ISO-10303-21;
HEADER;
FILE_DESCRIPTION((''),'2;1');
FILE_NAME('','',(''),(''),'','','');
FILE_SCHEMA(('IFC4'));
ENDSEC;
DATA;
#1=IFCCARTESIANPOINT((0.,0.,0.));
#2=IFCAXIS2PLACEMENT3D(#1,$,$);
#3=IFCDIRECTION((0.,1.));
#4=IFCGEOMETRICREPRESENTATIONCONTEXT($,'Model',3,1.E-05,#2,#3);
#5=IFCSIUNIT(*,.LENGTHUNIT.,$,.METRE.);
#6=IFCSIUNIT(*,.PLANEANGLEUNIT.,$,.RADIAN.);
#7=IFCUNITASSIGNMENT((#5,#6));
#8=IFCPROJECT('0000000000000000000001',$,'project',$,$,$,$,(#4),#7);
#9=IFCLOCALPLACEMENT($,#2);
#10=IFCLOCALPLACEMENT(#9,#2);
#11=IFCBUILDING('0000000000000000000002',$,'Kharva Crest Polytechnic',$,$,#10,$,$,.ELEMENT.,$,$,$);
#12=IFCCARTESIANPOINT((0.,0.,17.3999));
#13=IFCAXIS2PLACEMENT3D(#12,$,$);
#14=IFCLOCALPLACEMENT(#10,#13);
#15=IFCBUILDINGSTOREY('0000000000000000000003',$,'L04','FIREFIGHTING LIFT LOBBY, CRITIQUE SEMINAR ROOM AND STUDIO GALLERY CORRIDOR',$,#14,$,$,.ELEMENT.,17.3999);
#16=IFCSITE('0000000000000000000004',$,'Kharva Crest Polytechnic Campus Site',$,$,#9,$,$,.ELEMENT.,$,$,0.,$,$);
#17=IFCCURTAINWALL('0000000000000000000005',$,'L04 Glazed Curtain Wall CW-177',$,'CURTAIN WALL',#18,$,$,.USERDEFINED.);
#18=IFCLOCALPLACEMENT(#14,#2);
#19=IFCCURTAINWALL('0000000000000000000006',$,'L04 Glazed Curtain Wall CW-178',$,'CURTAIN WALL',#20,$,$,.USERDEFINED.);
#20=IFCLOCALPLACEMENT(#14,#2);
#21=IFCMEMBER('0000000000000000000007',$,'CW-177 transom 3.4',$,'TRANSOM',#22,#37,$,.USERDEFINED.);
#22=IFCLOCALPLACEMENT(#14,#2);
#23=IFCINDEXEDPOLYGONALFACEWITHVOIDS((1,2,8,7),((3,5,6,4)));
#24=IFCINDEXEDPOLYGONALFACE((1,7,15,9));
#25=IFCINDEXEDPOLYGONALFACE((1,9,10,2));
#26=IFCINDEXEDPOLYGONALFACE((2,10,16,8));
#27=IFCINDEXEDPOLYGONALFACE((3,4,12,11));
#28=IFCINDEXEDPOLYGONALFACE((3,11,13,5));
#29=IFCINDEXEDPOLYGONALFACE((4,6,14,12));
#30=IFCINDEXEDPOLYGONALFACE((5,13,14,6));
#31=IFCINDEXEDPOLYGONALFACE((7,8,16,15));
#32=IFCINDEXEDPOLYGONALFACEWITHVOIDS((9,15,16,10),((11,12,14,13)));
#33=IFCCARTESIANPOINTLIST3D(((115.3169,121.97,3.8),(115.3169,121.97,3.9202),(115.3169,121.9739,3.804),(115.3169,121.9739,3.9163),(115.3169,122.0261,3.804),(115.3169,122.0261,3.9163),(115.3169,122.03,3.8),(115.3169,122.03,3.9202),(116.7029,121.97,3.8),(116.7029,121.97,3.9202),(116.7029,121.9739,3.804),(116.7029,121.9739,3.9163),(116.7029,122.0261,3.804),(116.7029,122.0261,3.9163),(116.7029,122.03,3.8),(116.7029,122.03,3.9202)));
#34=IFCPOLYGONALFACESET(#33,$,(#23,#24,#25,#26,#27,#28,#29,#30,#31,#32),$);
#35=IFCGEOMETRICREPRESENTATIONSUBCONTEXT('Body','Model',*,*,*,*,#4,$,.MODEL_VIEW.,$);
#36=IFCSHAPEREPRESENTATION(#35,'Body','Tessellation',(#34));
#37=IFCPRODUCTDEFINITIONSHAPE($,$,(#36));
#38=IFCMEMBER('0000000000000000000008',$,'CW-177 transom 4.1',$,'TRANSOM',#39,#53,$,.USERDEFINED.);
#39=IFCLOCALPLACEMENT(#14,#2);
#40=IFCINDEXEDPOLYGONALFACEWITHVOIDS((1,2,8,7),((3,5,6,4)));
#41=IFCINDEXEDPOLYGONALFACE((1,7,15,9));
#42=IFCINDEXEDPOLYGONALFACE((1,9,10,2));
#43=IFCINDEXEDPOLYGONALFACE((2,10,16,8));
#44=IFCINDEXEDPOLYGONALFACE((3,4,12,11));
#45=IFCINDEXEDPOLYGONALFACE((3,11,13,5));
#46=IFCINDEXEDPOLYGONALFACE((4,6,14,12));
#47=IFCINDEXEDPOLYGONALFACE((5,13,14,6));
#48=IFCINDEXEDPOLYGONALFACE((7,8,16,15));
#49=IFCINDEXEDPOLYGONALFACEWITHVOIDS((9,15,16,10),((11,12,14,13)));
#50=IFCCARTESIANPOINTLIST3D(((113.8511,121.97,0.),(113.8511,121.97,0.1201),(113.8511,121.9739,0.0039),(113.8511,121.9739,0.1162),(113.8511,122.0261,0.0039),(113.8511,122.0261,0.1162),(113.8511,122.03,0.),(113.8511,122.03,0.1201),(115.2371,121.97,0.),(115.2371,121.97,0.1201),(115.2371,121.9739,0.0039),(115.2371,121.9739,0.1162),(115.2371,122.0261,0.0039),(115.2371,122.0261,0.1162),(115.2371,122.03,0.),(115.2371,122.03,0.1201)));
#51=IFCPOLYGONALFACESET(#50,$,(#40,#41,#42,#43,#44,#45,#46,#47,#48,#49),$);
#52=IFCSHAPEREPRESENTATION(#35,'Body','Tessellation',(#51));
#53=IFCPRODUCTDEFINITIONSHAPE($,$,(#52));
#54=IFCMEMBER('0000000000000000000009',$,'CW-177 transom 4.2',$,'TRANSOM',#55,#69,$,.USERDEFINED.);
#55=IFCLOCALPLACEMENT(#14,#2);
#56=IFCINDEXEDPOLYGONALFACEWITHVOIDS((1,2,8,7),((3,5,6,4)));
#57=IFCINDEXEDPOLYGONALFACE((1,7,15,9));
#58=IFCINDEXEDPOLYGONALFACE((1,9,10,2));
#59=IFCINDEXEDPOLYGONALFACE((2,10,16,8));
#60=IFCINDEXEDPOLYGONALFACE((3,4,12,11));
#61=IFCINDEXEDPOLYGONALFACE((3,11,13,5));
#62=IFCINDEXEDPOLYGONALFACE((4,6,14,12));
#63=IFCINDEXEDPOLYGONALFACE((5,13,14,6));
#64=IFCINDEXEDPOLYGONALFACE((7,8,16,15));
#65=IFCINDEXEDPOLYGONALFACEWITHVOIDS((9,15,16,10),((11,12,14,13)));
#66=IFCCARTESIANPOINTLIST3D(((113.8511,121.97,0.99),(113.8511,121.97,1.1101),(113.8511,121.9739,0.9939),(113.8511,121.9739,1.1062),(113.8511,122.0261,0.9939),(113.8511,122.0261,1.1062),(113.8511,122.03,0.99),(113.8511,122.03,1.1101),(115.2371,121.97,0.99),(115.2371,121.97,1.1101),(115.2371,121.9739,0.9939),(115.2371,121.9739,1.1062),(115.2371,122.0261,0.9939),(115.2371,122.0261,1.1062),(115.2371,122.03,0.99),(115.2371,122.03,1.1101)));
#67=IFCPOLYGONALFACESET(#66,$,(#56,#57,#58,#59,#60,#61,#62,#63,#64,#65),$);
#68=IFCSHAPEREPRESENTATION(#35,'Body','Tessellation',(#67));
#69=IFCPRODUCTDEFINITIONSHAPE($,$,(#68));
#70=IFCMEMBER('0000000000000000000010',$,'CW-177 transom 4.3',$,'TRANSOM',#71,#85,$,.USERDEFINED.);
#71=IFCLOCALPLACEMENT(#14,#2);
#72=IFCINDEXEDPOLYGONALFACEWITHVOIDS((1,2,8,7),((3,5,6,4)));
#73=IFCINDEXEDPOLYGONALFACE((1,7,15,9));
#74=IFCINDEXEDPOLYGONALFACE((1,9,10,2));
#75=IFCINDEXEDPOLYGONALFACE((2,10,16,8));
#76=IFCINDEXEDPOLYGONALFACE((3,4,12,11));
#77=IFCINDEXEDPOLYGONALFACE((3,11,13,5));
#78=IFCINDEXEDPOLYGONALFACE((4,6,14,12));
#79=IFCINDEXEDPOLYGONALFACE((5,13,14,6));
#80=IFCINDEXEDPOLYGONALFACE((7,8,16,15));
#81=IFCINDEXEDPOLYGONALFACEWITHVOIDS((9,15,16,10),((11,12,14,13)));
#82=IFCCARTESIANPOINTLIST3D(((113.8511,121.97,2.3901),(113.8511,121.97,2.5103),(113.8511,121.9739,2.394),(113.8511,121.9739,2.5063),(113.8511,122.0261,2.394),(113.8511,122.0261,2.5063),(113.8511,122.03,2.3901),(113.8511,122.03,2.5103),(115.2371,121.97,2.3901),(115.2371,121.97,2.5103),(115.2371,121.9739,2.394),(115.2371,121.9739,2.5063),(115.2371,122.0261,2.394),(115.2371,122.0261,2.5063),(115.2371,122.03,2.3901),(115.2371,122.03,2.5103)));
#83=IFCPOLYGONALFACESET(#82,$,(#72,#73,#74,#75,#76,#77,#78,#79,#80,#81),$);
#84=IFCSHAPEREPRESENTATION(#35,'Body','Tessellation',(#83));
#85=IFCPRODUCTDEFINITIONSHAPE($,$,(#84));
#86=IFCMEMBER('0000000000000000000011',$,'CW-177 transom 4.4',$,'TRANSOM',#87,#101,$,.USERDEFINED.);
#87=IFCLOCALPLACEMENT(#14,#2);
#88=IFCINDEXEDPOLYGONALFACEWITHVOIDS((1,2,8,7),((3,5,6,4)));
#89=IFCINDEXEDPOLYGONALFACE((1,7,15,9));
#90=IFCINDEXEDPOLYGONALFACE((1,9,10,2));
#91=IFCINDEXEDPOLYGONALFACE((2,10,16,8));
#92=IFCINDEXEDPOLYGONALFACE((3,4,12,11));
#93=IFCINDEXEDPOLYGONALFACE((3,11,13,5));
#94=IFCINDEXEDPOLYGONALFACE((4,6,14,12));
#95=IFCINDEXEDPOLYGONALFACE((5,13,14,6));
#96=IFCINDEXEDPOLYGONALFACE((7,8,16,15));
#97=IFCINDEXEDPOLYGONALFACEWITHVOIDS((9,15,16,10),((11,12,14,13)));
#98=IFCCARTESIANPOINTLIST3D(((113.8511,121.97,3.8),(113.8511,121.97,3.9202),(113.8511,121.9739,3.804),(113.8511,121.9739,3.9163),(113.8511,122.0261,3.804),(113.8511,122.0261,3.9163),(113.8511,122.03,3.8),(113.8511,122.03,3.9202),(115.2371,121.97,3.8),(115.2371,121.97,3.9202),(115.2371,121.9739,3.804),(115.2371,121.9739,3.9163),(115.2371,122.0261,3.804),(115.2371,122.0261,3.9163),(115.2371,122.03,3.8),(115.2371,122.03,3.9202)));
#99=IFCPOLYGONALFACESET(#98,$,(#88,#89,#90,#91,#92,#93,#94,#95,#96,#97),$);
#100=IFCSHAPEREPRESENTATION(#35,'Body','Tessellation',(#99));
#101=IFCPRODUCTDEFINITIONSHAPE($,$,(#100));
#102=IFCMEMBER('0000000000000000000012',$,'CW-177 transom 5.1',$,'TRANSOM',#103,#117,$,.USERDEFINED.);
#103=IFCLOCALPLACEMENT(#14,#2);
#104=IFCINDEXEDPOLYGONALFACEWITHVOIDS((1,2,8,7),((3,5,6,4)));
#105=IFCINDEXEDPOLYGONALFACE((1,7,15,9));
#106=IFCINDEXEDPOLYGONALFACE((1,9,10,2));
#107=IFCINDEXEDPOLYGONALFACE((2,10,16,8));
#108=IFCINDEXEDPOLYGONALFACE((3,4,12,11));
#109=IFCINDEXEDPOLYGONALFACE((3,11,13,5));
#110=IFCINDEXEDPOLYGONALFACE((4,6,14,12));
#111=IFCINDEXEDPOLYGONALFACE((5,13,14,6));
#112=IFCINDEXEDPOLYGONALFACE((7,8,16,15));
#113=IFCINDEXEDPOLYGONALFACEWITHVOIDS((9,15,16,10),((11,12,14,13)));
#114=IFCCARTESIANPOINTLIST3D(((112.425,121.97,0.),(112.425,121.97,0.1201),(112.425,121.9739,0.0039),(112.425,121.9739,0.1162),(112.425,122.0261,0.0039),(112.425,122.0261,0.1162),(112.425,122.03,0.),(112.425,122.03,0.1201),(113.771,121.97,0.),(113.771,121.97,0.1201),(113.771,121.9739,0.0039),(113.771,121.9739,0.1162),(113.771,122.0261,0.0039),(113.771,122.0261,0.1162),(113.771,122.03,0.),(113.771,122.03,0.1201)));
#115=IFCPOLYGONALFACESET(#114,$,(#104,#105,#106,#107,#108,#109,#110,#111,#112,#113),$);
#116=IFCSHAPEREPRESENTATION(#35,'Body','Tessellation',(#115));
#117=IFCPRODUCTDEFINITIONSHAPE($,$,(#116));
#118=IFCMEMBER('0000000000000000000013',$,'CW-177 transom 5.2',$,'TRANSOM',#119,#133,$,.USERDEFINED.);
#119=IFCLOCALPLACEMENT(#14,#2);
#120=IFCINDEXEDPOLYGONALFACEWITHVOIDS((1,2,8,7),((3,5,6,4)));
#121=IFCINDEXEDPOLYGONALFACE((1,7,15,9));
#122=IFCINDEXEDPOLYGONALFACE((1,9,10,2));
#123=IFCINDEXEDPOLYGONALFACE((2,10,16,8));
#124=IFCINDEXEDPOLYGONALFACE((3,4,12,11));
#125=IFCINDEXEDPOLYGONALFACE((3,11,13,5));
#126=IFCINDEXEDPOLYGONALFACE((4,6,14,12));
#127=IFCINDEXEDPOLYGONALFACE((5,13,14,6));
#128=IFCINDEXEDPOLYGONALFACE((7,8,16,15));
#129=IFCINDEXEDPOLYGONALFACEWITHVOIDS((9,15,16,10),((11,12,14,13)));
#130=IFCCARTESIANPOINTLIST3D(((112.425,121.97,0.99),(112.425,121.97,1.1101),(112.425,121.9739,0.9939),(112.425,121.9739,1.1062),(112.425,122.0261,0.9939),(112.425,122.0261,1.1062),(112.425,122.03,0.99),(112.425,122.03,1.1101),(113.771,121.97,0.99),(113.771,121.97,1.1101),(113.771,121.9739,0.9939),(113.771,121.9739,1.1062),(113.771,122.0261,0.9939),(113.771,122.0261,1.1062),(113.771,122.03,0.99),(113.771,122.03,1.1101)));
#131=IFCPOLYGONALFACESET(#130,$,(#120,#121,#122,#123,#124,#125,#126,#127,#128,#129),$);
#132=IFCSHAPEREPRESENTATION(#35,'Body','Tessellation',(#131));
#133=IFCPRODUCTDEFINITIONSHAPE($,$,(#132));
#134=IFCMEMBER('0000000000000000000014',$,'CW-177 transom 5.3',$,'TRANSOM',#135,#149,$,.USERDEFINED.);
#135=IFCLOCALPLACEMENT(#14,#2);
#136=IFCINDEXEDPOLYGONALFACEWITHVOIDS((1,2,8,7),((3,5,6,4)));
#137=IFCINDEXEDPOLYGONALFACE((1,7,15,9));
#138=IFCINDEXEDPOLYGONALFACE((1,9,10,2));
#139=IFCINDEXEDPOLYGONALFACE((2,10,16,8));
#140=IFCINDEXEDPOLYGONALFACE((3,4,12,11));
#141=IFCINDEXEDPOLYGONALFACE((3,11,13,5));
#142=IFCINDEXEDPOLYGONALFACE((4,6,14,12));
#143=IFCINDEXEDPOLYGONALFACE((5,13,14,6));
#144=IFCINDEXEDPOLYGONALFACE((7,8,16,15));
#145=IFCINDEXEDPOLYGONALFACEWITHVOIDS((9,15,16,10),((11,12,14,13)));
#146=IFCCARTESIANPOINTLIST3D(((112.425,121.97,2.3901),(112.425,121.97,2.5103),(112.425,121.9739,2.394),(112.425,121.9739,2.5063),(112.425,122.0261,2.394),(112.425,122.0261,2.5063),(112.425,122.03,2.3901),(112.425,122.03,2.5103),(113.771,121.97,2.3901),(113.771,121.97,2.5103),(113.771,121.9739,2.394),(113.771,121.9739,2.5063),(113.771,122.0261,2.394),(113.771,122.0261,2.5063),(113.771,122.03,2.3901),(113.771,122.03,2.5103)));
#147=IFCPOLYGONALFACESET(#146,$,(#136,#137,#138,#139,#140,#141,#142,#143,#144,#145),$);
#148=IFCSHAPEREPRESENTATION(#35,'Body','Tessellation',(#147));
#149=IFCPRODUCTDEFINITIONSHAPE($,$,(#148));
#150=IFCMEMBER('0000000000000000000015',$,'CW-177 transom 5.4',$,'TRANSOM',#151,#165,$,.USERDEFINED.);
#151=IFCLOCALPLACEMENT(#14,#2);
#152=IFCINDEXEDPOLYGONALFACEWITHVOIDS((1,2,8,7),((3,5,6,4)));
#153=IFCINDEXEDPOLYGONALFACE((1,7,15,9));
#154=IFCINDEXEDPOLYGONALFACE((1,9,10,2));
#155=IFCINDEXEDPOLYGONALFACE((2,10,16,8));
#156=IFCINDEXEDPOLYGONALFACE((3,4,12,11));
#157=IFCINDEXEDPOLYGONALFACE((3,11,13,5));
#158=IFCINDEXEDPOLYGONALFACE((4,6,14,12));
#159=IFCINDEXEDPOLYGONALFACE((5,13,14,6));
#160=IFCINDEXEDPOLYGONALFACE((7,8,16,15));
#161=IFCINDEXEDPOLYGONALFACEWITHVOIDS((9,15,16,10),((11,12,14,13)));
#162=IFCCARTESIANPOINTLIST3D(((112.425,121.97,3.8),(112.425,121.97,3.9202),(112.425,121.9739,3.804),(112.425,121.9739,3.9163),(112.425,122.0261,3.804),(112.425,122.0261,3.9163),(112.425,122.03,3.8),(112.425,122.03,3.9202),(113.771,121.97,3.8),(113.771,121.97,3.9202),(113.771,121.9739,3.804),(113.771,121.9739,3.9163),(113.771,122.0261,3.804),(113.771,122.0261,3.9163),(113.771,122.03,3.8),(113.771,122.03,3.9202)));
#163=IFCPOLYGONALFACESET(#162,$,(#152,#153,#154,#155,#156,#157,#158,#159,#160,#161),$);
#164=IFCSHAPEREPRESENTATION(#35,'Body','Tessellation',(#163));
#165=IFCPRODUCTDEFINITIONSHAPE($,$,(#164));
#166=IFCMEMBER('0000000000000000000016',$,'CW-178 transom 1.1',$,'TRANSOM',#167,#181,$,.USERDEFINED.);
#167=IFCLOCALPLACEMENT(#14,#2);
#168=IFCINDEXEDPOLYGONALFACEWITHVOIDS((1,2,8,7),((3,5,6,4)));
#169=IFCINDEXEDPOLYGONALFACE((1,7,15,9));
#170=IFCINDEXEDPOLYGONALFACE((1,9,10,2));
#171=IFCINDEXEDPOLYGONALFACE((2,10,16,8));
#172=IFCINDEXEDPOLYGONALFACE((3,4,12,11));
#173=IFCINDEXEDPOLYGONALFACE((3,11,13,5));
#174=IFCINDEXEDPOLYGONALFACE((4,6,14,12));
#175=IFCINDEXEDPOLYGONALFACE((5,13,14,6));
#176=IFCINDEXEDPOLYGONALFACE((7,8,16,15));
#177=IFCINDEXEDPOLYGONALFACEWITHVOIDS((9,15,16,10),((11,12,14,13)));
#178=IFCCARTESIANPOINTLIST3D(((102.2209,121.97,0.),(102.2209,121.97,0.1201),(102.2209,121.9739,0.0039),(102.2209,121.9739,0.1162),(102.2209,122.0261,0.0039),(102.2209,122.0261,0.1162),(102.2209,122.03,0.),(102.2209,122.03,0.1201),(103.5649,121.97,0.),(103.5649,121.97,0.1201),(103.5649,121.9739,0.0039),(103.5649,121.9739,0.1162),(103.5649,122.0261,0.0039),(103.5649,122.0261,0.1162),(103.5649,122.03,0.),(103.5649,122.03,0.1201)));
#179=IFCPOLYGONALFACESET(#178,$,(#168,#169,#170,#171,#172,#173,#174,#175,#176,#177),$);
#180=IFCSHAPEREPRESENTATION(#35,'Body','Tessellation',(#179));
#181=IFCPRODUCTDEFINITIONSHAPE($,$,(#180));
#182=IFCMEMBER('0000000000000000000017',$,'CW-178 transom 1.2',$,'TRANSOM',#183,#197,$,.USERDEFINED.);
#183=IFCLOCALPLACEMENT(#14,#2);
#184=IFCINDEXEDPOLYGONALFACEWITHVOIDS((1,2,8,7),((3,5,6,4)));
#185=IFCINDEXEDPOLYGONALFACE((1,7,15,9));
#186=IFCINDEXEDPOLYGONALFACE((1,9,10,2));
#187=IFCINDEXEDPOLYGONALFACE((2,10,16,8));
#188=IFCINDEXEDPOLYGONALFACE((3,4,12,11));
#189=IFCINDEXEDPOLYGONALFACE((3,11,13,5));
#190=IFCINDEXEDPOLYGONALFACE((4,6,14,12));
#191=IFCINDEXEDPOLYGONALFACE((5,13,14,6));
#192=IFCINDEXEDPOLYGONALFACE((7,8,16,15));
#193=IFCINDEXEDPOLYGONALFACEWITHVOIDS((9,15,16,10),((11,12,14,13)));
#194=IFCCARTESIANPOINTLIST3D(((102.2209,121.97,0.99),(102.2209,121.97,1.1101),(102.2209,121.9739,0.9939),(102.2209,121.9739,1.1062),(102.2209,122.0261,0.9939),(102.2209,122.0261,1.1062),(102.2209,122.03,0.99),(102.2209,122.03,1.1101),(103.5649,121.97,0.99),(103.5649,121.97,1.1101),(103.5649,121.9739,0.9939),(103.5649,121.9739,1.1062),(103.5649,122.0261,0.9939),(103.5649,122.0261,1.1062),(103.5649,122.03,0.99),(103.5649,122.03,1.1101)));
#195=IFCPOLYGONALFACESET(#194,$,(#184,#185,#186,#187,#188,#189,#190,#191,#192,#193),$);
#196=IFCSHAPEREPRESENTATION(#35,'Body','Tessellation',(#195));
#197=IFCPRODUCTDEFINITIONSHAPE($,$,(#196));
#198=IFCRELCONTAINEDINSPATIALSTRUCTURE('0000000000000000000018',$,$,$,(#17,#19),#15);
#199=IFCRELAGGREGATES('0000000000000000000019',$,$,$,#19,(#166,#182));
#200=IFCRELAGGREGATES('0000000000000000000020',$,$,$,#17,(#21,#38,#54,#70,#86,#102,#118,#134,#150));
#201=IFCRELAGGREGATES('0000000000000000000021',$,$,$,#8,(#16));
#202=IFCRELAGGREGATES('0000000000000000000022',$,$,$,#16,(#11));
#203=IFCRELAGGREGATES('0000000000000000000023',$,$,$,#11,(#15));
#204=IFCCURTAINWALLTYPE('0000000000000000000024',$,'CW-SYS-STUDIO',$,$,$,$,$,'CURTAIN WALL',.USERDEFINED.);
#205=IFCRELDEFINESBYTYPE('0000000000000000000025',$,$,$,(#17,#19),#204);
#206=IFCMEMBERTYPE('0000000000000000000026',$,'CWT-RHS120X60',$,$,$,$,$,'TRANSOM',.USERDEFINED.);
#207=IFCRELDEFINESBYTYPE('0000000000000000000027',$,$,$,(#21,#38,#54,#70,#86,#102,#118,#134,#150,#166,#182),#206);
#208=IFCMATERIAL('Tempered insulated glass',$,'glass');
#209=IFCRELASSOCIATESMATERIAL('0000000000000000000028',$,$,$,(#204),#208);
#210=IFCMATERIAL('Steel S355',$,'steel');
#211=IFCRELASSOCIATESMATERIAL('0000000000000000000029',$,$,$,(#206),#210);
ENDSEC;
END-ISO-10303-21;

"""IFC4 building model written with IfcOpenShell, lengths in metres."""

from ifc_helpers import new_model, si_unit, direction, frame, origin, origin_2d, place, context, subcontext, project, spatial, hollow_rectangle, extrude, material, material_profile, profile_set, type_object, element, aggregate, save


model = new_model("IFC4")

# Units and contexts
model_context = context("Model", 3, precision=1e-05, world=origin(), true_north=direction((0.0, 1.0)))
body_context = subcontext(model_context, "Body", "Model", "MODEL_VIEW")
ifc_project = project(units=[si_unit("LENGTHUNIT", "METRE"), si_unit("PLANEANGLEUNIT", "RADIAN")], contexts=[model_context])

# Site, building, storey
site_placement = place(None, origin())
site = spatial("IfcSite", under=ifc_project, at=site_placement, Name="Kharva Crest Polytechnic Campus Site", CompositionType="ELEMENT", RefElevation=0.0)
building_placement = place(site_placement, origin())
building = spatial("IfcBuilding", under=site, at=building_placement, Name="Kharva Crest Polytechnic", CompositionType="ELEMENT")
storey_placement = place(building_placement, frame((0.0, 0.0, 17.3999)))
storey = spatial("IfcBuildingStorey", under=building, at=storey_placement, Name="L04", Description="FIREFIGHTING LIFT LOBBY, CRITIQUE SEMINAR ROOM AND STUDIO GALLERY CORRIDOR", CompositionType="ELEMENT", Elevation=17.3999)

# Curtain wall
ifc_material_1 = material(Name="Tempered insulated glass", Category="glass")
curtain_wall_type = type_object("IfcCurtainWallType", Name="CW-SYS-STUDIO", ElementType="CURTAIN WALL", PredefinedType="USERDEFINED", material=ifc_material_1)
curtain_wall_1_placement = place(storey_placement, origin())
curtain_wall_1 = element("IfcCurtainWall", 1, at=curtain_wall_1_placement, inside=storey, type_object=curtain_wall_type, Name="L04 Glazed Curtain Wall CW-177", ObjectType="CURTAIN WALL", PredefinedType="USERDEFINED")
ifc_material_2 = material(Name="Steel S355", Category="steel")

# Curtain wall
curtain_wall_2_placement = place(storey_placement, origin())
curtain_wall_2 = element("IfcCurtainWall", 2, at=curtain_wall_2_placement, inside=storey, type_object=curtain_wall_type, Name="L04 Glazed Curtain Wall CW-178", ObjectType="CURTAIN WALL", PredefinedType="USERDEFINED")

# Members
ifc_material_profile_1 = material_profile(ifc_material_2, hollow_rectangle(XDim=0.0601, YDim=0.1201, WallThickness=0.0039, at=origin_2d()), Name="RHS 120X60X4.0")
ifc_profile_set_1 = profile_set([ifc_material_profile_1], Name="Steel S355")
member_type_1 = type_object("IfcMemberType", Name="CWT-RHS120X60", ElementType="TRANSOM", PredefinedType="USERDEFINED", material=ifc_profile_set_1)
member_1_placement = place(storey_placement, frame((116.7029, 122.0, 3.8601), z_axis=(-1.0, 0.0, 0.0), x_axis=(0.0, -1.0, 0.0)))
member_1 = element("IfcMember", 3, at=member_1_placement, type_object=member_type_1, Name="CW-177 transom 3.4", ObjectType="TRANSOM", PredefinedType="USERDEFINED", context=body_context, shape_type="SweptSolid", body=[
    extrude(hollow_rectangle(XDim=0.0601, YDim=0.1201, WallThickness=0.0039, at=origin_2d()), origin(), (0.0, 0.0, 1.0), 1.386),
])
member_2_placement = place(storey_placement, frame((115.2371, 122.0, 0.0601), z_axis=(-1.0, 0.0, 0.0), x_axis=(0.0, -1.0, 0.0)))
member_2 = element("IfcMember", 4, at=member_2_placement, type_object=member_type_1, Name="CW-177 transom 4.1", ObjectType="TRANSOM", PredefinedType="USERDEFINED", context=body_context, shape_type="SweptSolid", body=[
    extrude(hollow_rectangle(XDim=0.0601, YDim=0.1201, WallThickness=0.0039, at=origin_2d()), origin(), (0.0, 0.0, 1.0), 1.386),
])
member_3_placement = place(storey_placement, frame((115.2371, 122.0, 1.05), z_axis=(-1.0, 0.0, 0.0), x_axis=(0.0, -1.0, 0.0)))
member_3 = element("IfcMember", 5, at=member_3_placement, type_object=member_type_1, Name="CW-177 transom 4.2", ObjectType="TRANSOM", PredefinedType="USERDEFINED", context=body_context, shape_type="SweptSolid", body=[
    extrude(hollow_rectangle(XDim=0.0601, YDim=0.1201, WallThickness=0.0039, at=origin_2d()), origin(), (0.0, 0.0, 1.0), 1.386),
])
member_4_placement = place(storey_placement, frame((115.2371, 122.0, 2.4502), z_axis=(-1.0, 0.0, 0.0), x_axis=(0.0, -1.0, 0.0)))
member_4 = element("IfcMember", 6, at=member_4_placement, type_object=member_type_1, Name="CW-177 transom 4.3", ObjectType="TRANSOM", PredefinedType="USERDEFINED", context=body_context, shape_type="SweptSolid", body=[
    extrude(hollow_rectangle(XDim=0.0601, YDim=0.1201, WallThickness=0.0039, at=origin_2d()), origin(), (0.0, 0.0, 1.0), 1.386),
])
member_5_placement = place(storey_placement, frame((115.2371, 122.0, 3.8601), z_axis=(-1.0, 0.0, 0.0), x_axis=(0.0, -1.0, 0.0)))
member_5 = element("IfcMember", 7, at=member_5_placement, type_object=member_type_1, Name="CW-177 transom 4.4", ObjectType="TRANSOM", PredefinedType="USERDEFINED", context=body_context, shape_type="SweptSolid", body=[
    extrude(hollow_rectangle(XDim=0.0601, YDim=0.1201, WallThickness=0.0039, at=origin_2d()), origin(), (0.0, 0.0, 1.0), 1.386),
])
member_6_placement = place(storey_placement, frame((113.771, 122.0, 0.0601), z_axis=(-1.0, 0.0, 0.0), x_axis=(0.0, -1.0, 0.0)))
member_6 = element("IfcMember", 8, at=member_6_placement, type_object=member_type_1, Name="CW-177 transom 5.1", ObjectType="TRANSOM", PredefinedType="USERDEFINED", context=body_context, shape_type="SweptSolid", body=[
    extrude(hollow_rectangle(XDim=0.0601, YDim=0.1201, WallThickness=0.0039, at=origin_2d()), origin(), (0.0, 0.0, 1.0), 1.3459),
])
member_7_placement = place(storey_placement, frame((113.771, 122.0, 1.05), z_axis=(-1.0, 0.0, 0.0), x_axis=(0.0, -1.0, 0.0)))
member_7 = element("IfcMember", 9, at=member_7_placement, type_object=member_type_1, Name="CW-177 transom 5.2", ObjectType="TRANSOM", PredefinedType="USERDEFINED", context=body_context, shape_type="SweptSolid", body=[
    extrude(hollow_rectangle(XDim=0.0601, YDim=0.1201, WallThickness=0.0039, at=origin_2d()), origin(), (0.0, 0.0, 1.0), 1.3459),
])
member_8_placement = place(storey_placement, frame((113.771, 122.0, 2.4502), z_axis=(-1.0, 0.0, 0.0), x_axis=(0.0, -1.0, 0.0)))
member_8 = element("IfcMember", 10, at=member_8_placement, type_object=member_type_1, Name="CW-177 transom 5.3", ObjectType="TRANSOM", PredefinedType="USERDEFINED", context=body_context, shape_type="SweptSolid", body=[
    extrude(hollow_rectangle(XDim=0.0601, YDim=0.1201, WallThickness=0.0039, at=origin_2d()), origin(), (0.0, 0.0, 1.0), 1.3459),
])
member_9_placement = place(storey_placement, frame((113.771, 122.0, 3.8601), z_axis=(-1.0, 0.0, 0.0), x_axis=(0.0, -1.0, 0.0)))
member_9 = element("IfcMember", 11, at=member_9_placement, type_object=member_type_1, Name="CW-177 transom 5.4", ObjectType="TRANSOM", PredefinedType="USERDEFINED", context=body_context, shape_type="SweptSolid", body=[
    extrude(hollow_rectangle(XDim=0.0601, YDim=0.1201, WallThickness=0.0039, at=origin_2d()), origin(), (0.0, 0.0, 1.0), 1.3459),
])
member_10_placement = place(storey_placement, frame((103.5649, 122.0, 0.0601), z_axis=(-1.0, 0.0, 0.0), x_axis=(0.0, -1.0, 0.0)))
member_10 = element("IfcMember", 12, at=member_10_placement, type_object=member_type_1, Name="CW-178 transom 1.1", ObjectType="TRANSOM", PredefinedType="USERDEFINED", context=body_context, shape_type="SweptSolid", body=[
    extrude(hollow_rectangle(XDim=0.0601, YDim=0.1201, WallThickness=0.0039, at=origin_2d()), origin(), (0.0, 0.0, 1.0), 1.344),
])
member_11_placement = place(storey_placement, frame((103.5649, 122.0, 1.05), z_axis=(-1.0, 0.0, 0.0), x_axis=(0.0, -1.0, 0.0)))
member_11 = element("IfcMember", 13, at=member_11_placement, type_object=member_type_1, Name="CW-178 transom 1.2", ObjectType="TRANSOM", PredefinedType="USERDEFINED", context=body_context, shape_type="SweptSolid", body=[
    extrude(hollow_rectangle(XDim=0.0601, YDim=0.1201, WallThickness=0.0039, at=origin_2d()), origin(), (0.0, 0.0, 1.0), 1.344),
])
aggregate(curtain_wall_2, [member_10, member_11])

aggregate(curtain_wall_1, [member_1, member_2, member_3, member_4, member_5, member_6, member_7, member_8, member_9])

save(model, "model.ifc")
